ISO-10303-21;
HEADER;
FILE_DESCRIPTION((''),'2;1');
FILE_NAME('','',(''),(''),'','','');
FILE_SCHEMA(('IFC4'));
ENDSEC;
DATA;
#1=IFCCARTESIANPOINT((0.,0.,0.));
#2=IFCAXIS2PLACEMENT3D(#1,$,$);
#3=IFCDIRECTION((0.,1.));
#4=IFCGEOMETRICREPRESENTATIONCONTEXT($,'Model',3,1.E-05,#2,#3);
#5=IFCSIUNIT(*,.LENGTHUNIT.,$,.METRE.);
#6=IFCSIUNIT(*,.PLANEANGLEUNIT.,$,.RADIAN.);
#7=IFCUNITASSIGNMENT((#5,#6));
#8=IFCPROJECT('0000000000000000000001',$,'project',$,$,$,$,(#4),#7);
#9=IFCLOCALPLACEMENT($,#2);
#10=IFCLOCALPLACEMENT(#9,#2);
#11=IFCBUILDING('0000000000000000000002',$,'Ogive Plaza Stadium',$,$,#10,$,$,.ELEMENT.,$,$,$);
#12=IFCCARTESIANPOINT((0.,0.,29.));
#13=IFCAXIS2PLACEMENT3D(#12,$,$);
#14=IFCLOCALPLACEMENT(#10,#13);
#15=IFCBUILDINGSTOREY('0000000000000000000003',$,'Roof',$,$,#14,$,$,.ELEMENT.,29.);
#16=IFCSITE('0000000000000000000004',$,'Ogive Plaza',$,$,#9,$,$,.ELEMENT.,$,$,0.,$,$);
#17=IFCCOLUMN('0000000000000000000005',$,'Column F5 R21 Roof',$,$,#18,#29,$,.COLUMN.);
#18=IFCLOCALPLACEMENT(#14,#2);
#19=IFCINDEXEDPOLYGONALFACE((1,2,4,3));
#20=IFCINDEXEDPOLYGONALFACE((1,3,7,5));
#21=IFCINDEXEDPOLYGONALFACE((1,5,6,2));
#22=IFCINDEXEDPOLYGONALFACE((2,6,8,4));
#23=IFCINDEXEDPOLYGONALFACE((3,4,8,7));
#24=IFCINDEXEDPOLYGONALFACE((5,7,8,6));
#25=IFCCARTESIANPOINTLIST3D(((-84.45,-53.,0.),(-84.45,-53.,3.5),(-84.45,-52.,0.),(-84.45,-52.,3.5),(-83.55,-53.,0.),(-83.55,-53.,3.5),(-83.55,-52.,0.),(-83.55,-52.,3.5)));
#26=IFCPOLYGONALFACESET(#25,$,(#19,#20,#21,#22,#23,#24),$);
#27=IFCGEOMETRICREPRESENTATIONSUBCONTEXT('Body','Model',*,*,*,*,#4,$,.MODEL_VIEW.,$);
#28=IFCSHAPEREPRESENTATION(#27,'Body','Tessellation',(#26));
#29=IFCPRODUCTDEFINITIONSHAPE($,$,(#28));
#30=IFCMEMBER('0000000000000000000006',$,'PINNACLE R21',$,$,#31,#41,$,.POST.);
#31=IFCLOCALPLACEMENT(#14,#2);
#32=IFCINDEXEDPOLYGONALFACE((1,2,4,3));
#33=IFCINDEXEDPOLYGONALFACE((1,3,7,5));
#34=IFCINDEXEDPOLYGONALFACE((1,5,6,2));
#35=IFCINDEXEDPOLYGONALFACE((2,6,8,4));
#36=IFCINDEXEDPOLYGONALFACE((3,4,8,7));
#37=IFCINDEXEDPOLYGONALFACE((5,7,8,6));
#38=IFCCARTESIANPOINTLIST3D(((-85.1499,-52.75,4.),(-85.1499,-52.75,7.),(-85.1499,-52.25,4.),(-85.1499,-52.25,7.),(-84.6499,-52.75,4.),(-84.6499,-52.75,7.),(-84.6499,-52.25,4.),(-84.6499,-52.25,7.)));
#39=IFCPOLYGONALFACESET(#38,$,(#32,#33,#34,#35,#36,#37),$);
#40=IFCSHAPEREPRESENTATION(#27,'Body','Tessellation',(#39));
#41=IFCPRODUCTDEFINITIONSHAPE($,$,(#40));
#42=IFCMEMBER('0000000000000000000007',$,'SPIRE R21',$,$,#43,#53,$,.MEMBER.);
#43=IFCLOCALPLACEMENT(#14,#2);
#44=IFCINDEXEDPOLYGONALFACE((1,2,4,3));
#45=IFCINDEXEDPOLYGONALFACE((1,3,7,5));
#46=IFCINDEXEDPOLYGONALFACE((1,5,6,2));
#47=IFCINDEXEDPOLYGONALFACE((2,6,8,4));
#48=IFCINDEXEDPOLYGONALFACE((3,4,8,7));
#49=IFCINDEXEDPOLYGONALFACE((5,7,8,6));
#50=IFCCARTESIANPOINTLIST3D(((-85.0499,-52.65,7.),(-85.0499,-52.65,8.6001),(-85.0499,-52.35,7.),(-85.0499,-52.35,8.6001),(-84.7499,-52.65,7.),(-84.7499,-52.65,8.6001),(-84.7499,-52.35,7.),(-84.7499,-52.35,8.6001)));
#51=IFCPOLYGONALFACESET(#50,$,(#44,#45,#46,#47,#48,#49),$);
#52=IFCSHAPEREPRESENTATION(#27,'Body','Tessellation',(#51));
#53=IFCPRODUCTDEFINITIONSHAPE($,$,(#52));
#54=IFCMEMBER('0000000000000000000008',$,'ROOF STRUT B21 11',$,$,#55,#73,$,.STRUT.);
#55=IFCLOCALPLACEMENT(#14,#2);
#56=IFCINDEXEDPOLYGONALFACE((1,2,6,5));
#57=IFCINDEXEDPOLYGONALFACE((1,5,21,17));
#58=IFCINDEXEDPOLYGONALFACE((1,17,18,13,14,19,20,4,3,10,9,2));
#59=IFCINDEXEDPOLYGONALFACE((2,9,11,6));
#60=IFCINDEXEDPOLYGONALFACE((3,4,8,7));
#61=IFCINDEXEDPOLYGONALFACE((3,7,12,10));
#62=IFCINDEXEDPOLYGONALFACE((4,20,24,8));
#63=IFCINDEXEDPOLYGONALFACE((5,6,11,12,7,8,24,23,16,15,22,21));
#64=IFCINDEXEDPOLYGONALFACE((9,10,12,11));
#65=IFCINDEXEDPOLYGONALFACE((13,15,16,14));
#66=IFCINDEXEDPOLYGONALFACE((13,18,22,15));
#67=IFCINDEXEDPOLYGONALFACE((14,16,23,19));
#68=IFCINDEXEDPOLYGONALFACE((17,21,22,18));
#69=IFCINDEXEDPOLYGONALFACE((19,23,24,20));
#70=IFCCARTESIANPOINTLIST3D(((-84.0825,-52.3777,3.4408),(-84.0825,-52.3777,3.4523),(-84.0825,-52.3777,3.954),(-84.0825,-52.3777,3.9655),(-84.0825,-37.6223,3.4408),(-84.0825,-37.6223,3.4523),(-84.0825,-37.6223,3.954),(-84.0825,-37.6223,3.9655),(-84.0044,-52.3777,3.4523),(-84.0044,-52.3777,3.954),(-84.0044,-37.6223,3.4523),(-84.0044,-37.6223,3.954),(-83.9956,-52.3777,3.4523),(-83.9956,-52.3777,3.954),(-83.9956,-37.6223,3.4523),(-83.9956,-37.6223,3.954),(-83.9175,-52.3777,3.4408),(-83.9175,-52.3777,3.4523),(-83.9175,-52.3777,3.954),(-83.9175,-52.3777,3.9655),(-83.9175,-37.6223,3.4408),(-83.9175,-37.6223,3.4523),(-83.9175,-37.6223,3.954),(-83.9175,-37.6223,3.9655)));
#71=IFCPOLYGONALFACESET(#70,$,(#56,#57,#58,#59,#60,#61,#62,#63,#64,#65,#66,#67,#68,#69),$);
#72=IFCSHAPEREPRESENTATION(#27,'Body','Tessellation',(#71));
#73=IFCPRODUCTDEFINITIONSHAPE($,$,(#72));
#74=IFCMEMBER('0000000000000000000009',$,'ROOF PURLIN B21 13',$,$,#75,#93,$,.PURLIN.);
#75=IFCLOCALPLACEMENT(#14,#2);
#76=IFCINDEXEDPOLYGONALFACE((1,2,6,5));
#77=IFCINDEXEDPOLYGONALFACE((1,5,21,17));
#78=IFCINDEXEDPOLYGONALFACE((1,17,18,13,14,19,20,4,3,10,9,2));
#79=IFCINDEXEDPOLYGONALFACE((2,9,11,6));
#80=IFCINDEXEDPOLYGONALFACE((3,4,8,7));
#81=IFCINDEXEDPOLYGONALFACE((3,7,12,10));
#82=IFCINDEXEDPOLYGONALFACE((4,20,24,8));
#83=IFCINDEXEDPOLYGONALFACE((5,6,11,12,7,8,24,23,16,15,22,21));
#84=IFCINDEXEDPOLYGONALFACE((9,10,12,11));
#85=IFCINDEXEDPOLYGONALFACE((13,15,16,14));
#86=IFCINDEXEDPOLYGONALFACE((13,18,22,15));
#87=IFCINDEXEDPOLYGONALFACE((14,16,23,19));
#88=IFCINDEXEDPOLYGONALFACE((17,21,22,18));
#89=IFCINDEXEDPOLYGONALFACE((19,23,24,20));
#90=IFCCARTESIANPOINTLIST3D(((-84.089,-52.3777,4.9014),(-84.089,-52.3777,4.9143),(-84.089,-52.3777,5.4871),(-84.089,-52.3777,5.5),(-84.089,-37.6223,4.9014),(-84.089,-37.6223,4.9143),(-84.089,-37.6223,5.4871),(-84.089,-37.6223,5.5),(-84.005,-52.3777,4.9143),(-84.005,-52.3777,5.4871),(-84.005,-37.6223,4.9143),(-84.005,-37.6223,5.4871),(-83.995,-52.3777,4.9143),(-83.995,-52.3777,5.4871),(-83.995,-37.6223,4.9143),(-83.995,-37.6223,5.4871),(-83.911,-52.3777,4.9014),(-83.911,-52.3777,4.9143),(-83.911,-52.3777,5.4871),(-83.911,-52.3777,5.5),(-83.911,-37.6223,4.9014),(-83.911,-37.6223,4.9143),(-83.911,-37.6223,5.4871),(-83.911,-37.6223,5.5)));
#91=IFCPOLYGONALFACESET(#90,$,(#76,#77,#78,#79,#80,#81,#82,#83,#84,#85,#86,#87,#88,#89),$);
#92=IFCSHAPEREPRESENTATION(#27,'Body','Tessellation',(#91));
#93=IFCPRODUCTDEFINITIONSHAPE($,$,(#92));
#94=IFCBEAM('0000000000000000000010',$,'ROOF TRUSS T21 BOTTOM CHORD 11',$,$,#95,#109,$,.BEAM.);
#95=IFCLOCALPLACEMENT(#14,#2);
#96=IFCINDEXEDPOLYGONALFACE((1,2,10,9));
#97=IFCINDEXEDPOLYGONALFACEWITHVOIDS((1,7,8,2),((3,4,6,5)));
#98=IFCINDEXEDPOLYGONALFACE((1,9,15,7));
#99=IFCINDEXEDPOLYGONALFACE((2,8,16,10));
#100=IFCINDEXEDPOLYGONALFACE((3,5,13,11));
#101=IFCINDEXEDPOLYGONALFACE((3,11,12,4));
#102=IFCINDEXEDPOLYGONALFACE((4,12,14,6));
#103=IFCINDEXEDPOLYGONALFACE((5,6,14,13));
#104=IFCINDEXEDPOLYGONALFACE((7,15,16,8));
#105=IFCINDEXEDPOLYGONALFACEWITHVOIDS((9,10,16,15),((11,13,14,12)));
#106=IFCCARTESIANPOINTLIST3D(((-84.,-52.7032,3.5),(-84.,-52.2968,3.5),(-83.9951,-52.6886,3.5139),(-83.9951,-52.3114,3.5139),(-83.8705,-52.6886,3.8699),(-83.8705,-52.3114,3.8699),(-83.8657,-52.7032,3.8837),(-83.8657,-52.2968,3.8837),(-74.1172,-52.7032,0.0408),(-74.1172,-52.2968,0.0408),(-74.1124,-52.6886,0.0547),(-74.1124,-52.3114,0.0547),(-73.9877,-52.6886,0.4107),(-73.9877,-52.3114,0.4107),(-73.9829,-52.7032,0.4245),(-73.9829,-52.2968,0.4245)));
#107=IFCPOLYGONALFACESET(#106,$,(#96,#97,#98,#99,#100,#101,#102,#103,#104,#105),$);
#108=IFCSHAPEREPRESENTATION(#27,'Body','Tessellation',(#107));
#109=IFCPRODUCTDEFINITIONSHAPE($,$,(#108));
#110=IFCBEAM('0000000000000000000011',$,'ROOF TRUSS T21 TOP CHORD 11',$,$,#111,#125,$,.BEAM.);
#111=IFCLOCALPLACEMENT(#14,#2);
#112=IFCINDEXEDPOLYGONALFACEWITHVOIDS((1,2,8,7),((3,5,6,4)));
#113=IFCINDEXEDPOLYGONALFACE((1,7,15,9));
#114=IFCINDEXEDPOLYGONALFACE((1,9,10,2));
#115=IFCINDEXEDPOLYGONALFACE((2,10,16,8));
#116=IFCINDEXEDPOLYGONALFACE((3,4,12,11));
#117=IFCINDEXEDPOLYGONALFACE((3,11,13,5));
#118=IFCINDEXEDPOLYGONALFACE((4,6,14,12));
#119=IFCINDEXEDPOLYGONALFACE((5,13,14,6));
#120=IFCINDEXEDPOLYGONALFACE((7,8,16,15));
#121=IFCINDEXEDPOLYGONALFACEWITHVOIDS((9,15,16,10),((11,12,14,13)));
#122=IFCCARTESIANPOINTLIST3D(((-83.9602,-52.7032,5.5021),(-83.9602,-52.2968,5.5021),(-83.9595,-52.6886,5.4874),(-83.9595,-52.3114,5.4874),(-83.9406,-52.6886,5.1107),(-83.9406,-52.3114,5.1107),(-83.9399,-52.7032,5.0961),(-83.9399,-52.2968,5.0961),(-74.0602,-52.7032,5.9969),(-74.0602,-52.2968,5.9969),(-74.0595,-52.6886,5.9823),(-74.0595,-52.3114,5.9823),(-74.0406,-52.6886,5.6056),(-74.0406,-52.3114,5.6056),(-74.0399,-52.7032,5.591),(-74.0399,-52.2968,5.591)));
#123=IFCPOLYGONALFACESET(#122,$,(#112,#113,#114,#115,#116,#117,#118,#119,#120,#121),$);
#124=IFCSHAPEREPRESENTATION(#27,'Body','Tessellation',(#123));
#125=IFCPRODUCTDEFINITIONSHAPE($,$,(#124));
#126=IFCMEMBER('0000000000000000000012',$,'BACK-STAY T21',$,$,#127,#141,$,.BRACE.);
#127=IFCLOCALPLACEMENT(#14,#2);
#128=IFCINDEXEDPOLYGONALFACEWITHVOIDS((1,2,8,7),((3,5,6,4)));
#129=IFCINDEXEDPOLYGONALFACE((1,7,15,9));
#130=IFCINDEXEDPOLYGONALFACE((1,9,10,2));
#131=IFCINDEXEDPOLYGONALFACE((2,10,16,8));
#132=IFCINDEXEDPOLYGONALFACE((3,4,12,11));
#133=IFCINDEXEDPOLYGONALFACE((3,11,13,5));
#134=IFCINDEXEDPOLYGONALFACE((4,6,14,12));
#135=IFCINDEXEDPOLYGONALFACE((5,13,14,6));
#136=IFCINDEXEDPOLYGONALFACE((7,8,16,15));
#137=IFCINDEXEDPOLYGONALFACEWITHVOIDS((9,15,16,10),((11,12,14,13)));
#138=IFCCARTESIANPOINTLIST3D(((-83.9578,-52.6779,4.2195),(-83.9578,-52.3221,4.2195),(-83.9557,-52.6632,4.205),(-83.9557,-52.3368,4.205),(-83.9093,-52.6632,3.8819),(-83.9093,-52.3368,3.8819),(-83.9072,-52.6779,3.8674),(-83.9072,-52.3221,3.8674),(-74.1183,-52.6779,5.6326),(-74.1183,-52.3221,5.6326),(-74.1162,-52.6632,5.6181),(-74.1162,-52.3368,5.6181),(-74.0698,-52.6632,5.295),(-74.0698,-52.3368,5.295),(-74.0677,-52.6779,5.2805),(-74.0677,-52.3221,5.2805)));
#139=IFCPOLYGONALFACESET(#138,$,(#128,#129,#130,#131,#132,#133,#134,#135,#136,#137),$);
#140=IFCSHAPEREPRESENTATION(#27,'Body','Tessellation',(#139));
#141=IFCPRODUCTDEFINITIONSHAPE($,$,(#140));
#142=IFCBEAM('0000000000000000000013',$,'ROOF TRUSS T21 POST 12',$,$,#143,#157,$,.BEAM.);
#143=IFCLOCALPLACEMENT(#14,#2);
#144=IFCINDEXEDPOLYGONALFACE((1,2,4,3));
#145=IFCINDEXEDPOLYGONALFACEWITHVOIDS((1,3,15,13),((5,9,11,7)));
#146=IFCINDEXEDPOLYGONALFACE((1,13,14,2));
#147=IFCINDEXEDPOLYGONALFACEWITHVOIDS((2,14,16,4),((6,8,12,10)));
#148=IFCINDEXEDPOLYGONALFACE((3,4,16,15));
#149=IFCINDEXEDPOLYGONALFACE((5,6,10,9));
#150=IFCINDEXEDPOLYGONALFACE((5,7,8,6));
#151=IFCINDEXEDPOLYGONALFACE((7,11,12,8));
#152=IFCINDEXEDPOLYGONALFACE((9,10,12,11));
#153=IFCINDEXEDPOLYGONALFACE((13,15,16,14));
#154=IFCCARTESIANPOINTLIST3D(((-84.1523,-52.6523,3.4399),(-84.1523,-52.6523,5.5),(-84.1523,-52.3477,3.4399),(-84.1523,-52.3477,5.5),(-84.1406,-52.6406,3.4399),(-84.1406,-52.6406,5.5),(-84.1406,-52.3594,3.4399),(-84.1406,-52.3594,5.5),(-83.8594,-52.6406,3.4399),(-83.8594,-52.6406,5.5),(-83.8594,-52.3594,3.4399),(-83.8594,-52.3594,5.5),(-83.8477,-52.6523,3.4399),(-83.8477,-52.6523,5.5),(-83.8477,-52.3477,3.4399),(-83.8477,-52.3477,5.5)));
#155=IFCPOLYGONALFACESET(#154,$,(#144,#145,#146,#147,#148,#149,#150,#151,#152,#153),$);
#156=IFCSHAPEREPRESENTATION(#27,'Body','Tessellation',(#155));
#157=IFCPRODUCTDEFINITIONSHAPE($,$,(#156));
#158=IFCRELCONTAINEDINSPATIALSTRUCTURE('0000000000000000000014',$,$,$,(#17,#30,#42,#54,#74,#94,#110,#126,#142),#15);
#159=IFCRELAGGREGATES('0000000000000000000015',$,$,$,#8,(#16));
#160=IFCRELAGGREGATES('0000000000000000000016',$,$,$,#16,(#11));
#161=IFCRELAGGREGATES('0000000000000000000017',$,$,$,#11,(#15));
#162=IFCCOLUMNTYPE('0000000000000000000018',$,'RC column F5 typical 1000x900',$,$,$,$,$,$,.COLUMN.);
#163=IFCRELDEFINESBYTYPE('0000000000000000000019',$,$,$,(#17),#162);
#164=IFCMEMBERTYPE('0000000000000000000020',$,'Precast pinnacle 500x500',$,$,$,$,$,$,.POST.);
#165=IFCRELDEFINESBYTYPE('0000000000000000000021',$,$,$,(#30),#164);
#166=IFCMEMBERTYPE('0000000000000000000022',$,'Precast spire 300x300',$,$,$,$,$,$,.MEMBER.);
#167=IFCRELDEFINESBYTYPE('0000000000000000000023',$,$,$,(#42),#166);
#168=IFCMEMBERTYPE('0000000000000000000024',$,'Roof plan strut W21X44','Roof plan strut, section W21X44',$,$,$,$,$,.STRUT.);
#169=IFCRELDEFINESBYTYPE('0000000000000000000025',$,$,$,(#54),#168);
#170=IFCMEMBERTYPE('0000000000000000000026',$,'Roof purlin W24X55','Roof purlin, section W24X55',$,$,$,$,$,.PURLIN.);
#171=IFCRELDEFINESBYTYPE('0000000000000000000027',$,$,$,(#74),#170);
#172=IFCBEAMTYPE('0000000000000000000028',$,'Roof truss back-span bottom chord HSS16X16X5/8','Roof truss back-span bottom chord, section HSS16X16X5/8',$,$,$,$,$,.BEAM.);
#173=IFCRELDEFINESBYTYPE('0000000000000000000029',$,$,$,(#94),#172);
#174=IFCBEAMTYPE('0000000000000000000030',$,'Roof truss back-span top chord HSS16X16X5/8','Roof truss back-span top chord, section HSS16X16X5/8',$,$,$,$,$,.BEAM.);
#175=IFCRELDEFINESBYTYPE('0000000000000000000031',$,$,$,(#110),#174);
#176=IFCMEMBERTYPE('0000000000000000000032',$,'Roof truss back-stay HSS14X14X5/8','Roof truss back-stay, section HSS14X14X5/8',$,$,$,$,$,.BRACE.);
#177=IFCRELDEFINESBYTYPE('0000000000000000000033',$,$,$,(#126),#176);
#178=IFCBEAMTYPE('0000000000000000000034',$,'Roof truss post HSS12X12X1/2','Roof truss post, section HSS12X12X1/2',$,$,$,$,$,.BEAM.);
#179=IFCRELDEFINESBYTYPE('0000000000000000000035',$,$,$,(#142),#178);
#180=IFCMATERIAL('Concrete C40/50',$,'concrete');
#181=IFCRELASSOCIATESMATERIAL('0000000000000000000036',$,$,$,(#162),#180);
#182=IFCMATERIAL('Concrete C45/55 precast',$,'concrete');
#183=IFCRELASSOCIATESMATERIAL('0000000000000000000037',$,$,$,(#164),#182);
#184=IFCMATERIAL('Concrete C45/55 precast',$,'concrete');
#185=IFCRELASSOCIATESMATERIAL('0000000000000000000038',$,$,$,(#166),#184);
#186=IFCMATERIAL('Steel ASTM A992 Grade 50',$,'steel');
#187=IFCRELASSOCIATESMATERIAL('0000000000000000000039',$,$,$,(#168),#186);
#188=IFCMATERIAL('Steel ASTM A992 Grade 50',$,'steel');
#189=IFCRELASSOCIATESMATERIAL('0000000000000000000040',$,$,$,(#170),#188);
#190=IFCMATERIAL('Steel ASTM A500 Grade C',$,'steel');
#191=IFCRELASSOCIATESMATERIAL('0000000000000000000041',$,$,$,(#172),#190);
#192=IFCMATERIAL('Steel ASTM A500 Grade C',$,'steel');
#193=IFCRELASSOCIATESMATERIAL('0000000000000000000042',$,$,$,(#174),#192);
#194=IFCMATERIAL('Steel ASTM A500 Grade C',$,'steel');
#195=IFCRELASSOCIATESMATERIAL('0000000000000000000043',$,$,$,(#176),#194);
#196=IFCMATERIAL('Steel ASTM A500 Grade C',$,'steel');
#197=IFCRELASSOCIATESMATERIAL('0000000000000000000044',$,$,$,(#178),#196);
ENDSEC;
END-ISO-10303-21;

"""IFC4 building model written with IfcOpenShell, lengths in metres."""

from ifc_helpers import new_model, si_unit, direction, frame, origin, origin_2d, place, context, subcontext, project, spatial, rectangle, hollow_rectangle, i_section, extrude, material, material_profile, profile_set, type_object, element, save


model = new_model("IFC4")

# Units and contexts
model_context = context("Model", 3, precision=1e-05, world=origin(), true_north=direction((0.0, 1.0)))
body_context = subcontext(model_context, "Body", "Model", "MODEL_VIEW")
ifc_project = project(units=[si_unit("LENGTHUNIT", "METRE"), si_unit("PLANEANGLEUNIT", "RADIAN")], contexts=[model_context])

# Site, building, storey
site_placement = place(None, origin())
site = spatial("IfcSite", under=ifc_project, at=site_placement, Name="Ogive Plaza", CompositionType="ELEMENT", RefElevation=0.0)
building_placement = place(site_placement, origin())
building = spatial("IfcBuilding", under=site, at=building_placement, Name="Ogive Plaza Stadium", CompositionType="ELEMENT")
storey_placement = place(building_placement, frame((0.0, 0.0, 29.0)))
storey = spatial("IfcBuildingStorey", under=building, at=storey_placement, Name="Roof", CompositionType="ELEMENT", Elevation=29.0)

# Column
ifc_material_1 = material(Name="Concrete C40/50", Category="concrete")
ifc_material_profile_1 = material_profile(ifc_material_1, rectangle(XDim=1.0, YDim=0.8999, at=origin_2d()), Name="RC 1000x900")
ifc_profile_set_1 = profile_set([ifc_material_profile_1], Name="Concrete C40/50")
column_type = type_object("IfcColumnType", Name="RC column F5 typical 1000x900", PredefinedType="COLUMN", material=ifc_profile_set_1)
column_placement = place(storey_placement, frame((-84.0, -52.5, 0.0), z_axis=(0.0, 0.0, 1.0), x_axis=(0.0, -1.0, 0.0)))
element("IfcColumn", 1, at=column_placement, inside=storey, type_object=column_type, Name="Column F5 R21 Roof", PredefinedType="COLUMN", context=body_context, shape_type="SweptSolid", body=[
    extrude(rectangle(XDim=1.0, YDim=0.8999, at=origin_2d()), origin(), (0.0, 0.0, 1.0), 3.5),
])

# Members
ifc_material_2 = material(Name="Concrete C45/55 precast", Category="concrete")
ifc_material_profile_2 = material_profile(ifc_material_2, rectangle(XDim=0.5, YDim=0.5, at=origin_2d()), Name="RC 500x500")
ifc_profile_set_2 = profile_set([ifc_material_profile_2], Name="Concrete C45/55 precast")
member_type_1 = type_object("IfcMemberType", Name="Precast pinnacle 500x500", PredefinedType="POST", material=ifc_profile_set_2)
member_1_placement = place(storey_placement, frame((-84.8999, -52.5, 4.0), z_axis=(0.0, 0.0, 1.0), x_axis=(0.0, -1.0, 0.0)))
element("IfcMember", 2, at=member_1_placement, inside=storey, type_object=member_type_1, Name="PINNACLE R21", PredefinedType="POST", context=body_context, shape_type="SweptSolid", body=[
    extrude(rectangle(XDim=0.5, YDim=0.5, at=origin_2d()), origin(), (0.0, 0.0, 1.0), 3.0),
])
ifc_material_3 = material(Name="Concrete C45/55 precast", Category="concrete")
ifc_material_profile_3 = material_profile(ifc_material_3, rectangle(XDim=0.3, YDim=0.3, at=origin_2d()), Name="RC 300x300")
ifc_profile_set_3 = profile_set([ifc_material_profile_3], Name="Concrete C45/55 precast")
member_type_2 = type_object("IfcMemberType", Name="Precast spire 300x300", PredefinedType="MEMBER", material=ifc_profile_set_3)
member_2_placement = place(storey_placement, frame((-84.8999, -52.5, 7.0), z_axis=(0.0, 0.0, 1.0), x_axis=(0.0, -1.0, 0.0)))
element("IfcMember", 3, at=member_2_placement, inside=storey, type_object=member_type_2, Name="SPIRE R21", PredefinedType="MEMBER", context=body_context, shape_type="SweptSolid", body=[
    extrude(rectangle(XDim=0.3, YDim=0.3, at=origin_2d()), origin(), (0.0, 0.0, 1.0), 1.6001),
])
ifc_material_4 = material(Name="Steel ASTM A992 Grade 50", Category="steel")
ifc_material_profile_4 = material_profile(ifc_material_4, i_section(OverallWidth=0.165, OverallDepth=0.5247, WebThickness=0.0088, FlangeThickness=0.0115, at=origin_2d()), Name="W21X44")
ifc_profile_set_4 = profile_set([ifc_material_profile_4], Name="Steel ASTM A992 Grade 50")
member_type_3 = type_object("IfcMemberType", Name="Roof plan strut W21X44", Description="Roof plan strut, section W21X44", PredefinedType="STRUT", material=ifc_profile_set_4)
member_3_placement = place(storey_placement, frame((-84.0, -52.3777, 3.7031), z_axis=(0.0, 1.0, 0.0), x_axis=(-1.0, 0.0, 0.0)))
element("IfcMember", 4, at=member_3_placement, inside=storey, type_object=member_type_3, Name="ROOF STRUT B21 11", PredefinedType="STRUT", context=body_context, shape_type="SweptSolid", body=[
    extrude(i_section(OverallWidth=0.165, OverallDepth=0.5247, WebThickness=0.0088, FlangeThickness=0.0115, at=origin_2d()), origin(), (0.0, 0.0, 1.0), 14.7554),
])
ifc_material_5 = material(Name="Steel ASTM A992 Grade 50", Category="steel")
ifc_material_profile_5 = material_profile(ifc_material_5, i_section(OverallWidth=0.178, OverallDepth=0.5986, WebThickness=0.01, FlangeThickness=0.0129, at=origin_2d()), Name="W24X55")
ifc_profile_set_5 = profile_set([ifc_material_profile_5], Name="Steel ASTM A992 Grade 50")
member_type_4 = type_object("IfcMemberType", Name="Roof purlin W24X55", Description="Roof purlin, section W24X55", PredefinedType="PURLIN", material=ifc_profile_set_5)
member_4_placement = place(storey_placement, frame((-84.0, -52.3777, 5.2007), z_axis=(0.0, 1.0, 0.0), x_axis=(-1.0, 0.0, 0.0)))
element("IfcMember", 5, at=member_4_placement, inside=storey, type_object=member_type_4, Name="ROOF PURLIN B21 13", PredefinedType="PURLIN", context=body_context, shape_type="SweptSolid", body=[
    extrude(i_section(OverallWidth=0.178, OverallDepth=0.5986, WebThickness=0.01, FlangeThickness=0.0129, at=origin_2d()), origin(), (0.0, 0.0, 1.0), 14.7554),
])

# Beams
ifc_material_6 = material(Name="Steel ASTM A500 Grade C", Category="steel")
ifc_material_profile_6 = material_profile(ifc_material_6, hollow_rectangle(XDim=0.4065, YDim=0.4065, WallThickness=0.0146, at=origin_2d()), Name="HSS16X16X5/8")
ifc_profile_set_6 = profile_set([ifc_material_profile_6], Name="Steel ASTM A500 Grade C")
beam_type_1 = type_object("IfcBeamType", Name="Roof truss back-span bottom chord HSS16X16X5/8", Description="Roof truss back-span bottom chord, section HSS16X16X5/8", PredefinedType="BEAM", material=ifc_profile_set_6)
beam_1_placement = place(storey_placement, frame((-74.05, -52.5, 0.2327), z_axis=(-0.943851, 0.0, 0.330371), x_axis=(0.0, -1.0, 0.0)))
element("IfcBeam", 6, at=beam_1_placement, inside=storey, type_object=beam_type_1, Name="ROOF TRUSS T21 BOTTOM CHORD 11", PredefinedType="BEAM", context=body_context, shape_type="SweptSolid", body=[
    extrude(hollow_rectangle(XDim=0.4065, YDim=0.4065, WallThickness=0.0146, at=origin_2d()), origin(), (0.0, 0.0, 1.0), 10.4707),
])
ifc_material_7 = material(Name="Steel ASTM A500 Grade C", Category="steel")
ifc_material_profile_7 = material_profile(ifc_material_7, hollow_rectangle(XDim=0.4065, YDim=0.4065, WallThickness=0.0146, at=origin_2d()), Name="HSS16X16X5/8")
ifc_profile_set_7 = profile_set([ifc_material_profile_7], Name="Steel ASTM A500 Grade C")
beam_type_2 = type_object("IfcBeamType", Name="Roof truss back-span top chord HSS16X16X5/8", Description="Roof truss back-span top chord, section HSS16X16X5/8", PredefinedType="BEAM", material=ifc_profile_set_7)
beam_2_placement = place(storey_placement, frame((-74.05, -52.5, 5.7939), z_axis=(-0.998753, 0.0, -0.049925), x_axis=(0.0, -1.0, 0.0)))
element("IfcBeam", 7, at=beam_2_placement, inside=storey, type_object=beam_type_2, Name="ROOF TRUSS T21 TOP CHORD 11", PredefinedType="BEAM", context=body_context, shape_type="SweptSolid", body=[
    extrude(hollow_rectangle(XDim=0.4065, YDim=0.4065, WallThickness=0.0146, at=origin_2d()), origin(), (0.0, 0.0, 1.0), 9.9124),
])

# Member
ifc_material_8 = material(Name="Steel ASTM A500 Grade C", Category="steel")
ifc_material_profile_8 = material_profile(ifc_material_8, hollow_rectangle(XDim=0.3557, YDim=0.3557, WallThickness=0.0146, at=origin_2d()), Name="HSS14X14X5/8")
ifc_profile_set_8 = profile_set([ifc_material_profile_8], Name="Steel ASTM A500 Grade C")
member_type_5 = type_object("IfcMemberType", Name="Roof truss back-stay HSS14X14X5/8", Description="Roof truss back-stay, section HSS14X14X5/8", PredefinedType="BRACE", material=ifc_profile_set_8)
member_5_placement = place(storey_placement, frame((-74.093, -52.5, 5.4565), z_axis=(-0.989844, 0.0, -0.142157), x_axis=(0.0, -1.0, 0.0)))
element("IfcMember", 8, at=member_5_placement, inside=storey, type_object=member_type_5, Name="BACK-STAY T21", PredefinedType="BRACE", context=body_context, shape_type="SweptSolid", body=[
    extrude(hollow_rectangle(XDim=0.3557, YDim=0.3557, WallThickness=0.0146, at=origin_2d()), origin(), (0.0, 0.0, 1.0), 9.9404),
])

# Beam
ifc_material_9 = material(Name="Steel ASTM A500 Grade C", Category="steel")
ifc_material_profile_9 = material_profile(ifc_material_9, hollow_rectangle(XDim=0.3047, YDim=0.3047, WallThickness=0.0117, at=origin_2d()), Name="HSS12X12X1/2")
ifc_profile_set_9 = profile_set([ifc_material_profile_9], Name="Steel ASTM A500 Grade C")
beam_type_3 = type_object("IfcBeamType", Name="Roof truss post HSS12X12X1/2", Description="Roof truss post, section HSS12X12X1/2", PredefinedType="BEAM", material=ifc_profile_set_9)
beam_3_placement = place(storey_placement, frame((-84.0, -52.5, 3.4399), z_axis=(0.0, 0.0, 1.0), x_axis=(0.0, -1.0, 0.0)))
element("IfcBeam", 9, at=beam_3_placement, inside=storey, type_object=beam_type_3, Name="ROOF TRUSS T21 POST 12", PredefinedType="BEAM", context=body_context, shape_type="SweptSolid", body=[
    extrude(hollow_rectangle(XDim=0.3047, YDim=0.3047, WallThickness=0.0117, at=origin_2d()), origin(), (0.0, 0.0, 1.0), 2.0601),
])

save(model, "model.ifc")
